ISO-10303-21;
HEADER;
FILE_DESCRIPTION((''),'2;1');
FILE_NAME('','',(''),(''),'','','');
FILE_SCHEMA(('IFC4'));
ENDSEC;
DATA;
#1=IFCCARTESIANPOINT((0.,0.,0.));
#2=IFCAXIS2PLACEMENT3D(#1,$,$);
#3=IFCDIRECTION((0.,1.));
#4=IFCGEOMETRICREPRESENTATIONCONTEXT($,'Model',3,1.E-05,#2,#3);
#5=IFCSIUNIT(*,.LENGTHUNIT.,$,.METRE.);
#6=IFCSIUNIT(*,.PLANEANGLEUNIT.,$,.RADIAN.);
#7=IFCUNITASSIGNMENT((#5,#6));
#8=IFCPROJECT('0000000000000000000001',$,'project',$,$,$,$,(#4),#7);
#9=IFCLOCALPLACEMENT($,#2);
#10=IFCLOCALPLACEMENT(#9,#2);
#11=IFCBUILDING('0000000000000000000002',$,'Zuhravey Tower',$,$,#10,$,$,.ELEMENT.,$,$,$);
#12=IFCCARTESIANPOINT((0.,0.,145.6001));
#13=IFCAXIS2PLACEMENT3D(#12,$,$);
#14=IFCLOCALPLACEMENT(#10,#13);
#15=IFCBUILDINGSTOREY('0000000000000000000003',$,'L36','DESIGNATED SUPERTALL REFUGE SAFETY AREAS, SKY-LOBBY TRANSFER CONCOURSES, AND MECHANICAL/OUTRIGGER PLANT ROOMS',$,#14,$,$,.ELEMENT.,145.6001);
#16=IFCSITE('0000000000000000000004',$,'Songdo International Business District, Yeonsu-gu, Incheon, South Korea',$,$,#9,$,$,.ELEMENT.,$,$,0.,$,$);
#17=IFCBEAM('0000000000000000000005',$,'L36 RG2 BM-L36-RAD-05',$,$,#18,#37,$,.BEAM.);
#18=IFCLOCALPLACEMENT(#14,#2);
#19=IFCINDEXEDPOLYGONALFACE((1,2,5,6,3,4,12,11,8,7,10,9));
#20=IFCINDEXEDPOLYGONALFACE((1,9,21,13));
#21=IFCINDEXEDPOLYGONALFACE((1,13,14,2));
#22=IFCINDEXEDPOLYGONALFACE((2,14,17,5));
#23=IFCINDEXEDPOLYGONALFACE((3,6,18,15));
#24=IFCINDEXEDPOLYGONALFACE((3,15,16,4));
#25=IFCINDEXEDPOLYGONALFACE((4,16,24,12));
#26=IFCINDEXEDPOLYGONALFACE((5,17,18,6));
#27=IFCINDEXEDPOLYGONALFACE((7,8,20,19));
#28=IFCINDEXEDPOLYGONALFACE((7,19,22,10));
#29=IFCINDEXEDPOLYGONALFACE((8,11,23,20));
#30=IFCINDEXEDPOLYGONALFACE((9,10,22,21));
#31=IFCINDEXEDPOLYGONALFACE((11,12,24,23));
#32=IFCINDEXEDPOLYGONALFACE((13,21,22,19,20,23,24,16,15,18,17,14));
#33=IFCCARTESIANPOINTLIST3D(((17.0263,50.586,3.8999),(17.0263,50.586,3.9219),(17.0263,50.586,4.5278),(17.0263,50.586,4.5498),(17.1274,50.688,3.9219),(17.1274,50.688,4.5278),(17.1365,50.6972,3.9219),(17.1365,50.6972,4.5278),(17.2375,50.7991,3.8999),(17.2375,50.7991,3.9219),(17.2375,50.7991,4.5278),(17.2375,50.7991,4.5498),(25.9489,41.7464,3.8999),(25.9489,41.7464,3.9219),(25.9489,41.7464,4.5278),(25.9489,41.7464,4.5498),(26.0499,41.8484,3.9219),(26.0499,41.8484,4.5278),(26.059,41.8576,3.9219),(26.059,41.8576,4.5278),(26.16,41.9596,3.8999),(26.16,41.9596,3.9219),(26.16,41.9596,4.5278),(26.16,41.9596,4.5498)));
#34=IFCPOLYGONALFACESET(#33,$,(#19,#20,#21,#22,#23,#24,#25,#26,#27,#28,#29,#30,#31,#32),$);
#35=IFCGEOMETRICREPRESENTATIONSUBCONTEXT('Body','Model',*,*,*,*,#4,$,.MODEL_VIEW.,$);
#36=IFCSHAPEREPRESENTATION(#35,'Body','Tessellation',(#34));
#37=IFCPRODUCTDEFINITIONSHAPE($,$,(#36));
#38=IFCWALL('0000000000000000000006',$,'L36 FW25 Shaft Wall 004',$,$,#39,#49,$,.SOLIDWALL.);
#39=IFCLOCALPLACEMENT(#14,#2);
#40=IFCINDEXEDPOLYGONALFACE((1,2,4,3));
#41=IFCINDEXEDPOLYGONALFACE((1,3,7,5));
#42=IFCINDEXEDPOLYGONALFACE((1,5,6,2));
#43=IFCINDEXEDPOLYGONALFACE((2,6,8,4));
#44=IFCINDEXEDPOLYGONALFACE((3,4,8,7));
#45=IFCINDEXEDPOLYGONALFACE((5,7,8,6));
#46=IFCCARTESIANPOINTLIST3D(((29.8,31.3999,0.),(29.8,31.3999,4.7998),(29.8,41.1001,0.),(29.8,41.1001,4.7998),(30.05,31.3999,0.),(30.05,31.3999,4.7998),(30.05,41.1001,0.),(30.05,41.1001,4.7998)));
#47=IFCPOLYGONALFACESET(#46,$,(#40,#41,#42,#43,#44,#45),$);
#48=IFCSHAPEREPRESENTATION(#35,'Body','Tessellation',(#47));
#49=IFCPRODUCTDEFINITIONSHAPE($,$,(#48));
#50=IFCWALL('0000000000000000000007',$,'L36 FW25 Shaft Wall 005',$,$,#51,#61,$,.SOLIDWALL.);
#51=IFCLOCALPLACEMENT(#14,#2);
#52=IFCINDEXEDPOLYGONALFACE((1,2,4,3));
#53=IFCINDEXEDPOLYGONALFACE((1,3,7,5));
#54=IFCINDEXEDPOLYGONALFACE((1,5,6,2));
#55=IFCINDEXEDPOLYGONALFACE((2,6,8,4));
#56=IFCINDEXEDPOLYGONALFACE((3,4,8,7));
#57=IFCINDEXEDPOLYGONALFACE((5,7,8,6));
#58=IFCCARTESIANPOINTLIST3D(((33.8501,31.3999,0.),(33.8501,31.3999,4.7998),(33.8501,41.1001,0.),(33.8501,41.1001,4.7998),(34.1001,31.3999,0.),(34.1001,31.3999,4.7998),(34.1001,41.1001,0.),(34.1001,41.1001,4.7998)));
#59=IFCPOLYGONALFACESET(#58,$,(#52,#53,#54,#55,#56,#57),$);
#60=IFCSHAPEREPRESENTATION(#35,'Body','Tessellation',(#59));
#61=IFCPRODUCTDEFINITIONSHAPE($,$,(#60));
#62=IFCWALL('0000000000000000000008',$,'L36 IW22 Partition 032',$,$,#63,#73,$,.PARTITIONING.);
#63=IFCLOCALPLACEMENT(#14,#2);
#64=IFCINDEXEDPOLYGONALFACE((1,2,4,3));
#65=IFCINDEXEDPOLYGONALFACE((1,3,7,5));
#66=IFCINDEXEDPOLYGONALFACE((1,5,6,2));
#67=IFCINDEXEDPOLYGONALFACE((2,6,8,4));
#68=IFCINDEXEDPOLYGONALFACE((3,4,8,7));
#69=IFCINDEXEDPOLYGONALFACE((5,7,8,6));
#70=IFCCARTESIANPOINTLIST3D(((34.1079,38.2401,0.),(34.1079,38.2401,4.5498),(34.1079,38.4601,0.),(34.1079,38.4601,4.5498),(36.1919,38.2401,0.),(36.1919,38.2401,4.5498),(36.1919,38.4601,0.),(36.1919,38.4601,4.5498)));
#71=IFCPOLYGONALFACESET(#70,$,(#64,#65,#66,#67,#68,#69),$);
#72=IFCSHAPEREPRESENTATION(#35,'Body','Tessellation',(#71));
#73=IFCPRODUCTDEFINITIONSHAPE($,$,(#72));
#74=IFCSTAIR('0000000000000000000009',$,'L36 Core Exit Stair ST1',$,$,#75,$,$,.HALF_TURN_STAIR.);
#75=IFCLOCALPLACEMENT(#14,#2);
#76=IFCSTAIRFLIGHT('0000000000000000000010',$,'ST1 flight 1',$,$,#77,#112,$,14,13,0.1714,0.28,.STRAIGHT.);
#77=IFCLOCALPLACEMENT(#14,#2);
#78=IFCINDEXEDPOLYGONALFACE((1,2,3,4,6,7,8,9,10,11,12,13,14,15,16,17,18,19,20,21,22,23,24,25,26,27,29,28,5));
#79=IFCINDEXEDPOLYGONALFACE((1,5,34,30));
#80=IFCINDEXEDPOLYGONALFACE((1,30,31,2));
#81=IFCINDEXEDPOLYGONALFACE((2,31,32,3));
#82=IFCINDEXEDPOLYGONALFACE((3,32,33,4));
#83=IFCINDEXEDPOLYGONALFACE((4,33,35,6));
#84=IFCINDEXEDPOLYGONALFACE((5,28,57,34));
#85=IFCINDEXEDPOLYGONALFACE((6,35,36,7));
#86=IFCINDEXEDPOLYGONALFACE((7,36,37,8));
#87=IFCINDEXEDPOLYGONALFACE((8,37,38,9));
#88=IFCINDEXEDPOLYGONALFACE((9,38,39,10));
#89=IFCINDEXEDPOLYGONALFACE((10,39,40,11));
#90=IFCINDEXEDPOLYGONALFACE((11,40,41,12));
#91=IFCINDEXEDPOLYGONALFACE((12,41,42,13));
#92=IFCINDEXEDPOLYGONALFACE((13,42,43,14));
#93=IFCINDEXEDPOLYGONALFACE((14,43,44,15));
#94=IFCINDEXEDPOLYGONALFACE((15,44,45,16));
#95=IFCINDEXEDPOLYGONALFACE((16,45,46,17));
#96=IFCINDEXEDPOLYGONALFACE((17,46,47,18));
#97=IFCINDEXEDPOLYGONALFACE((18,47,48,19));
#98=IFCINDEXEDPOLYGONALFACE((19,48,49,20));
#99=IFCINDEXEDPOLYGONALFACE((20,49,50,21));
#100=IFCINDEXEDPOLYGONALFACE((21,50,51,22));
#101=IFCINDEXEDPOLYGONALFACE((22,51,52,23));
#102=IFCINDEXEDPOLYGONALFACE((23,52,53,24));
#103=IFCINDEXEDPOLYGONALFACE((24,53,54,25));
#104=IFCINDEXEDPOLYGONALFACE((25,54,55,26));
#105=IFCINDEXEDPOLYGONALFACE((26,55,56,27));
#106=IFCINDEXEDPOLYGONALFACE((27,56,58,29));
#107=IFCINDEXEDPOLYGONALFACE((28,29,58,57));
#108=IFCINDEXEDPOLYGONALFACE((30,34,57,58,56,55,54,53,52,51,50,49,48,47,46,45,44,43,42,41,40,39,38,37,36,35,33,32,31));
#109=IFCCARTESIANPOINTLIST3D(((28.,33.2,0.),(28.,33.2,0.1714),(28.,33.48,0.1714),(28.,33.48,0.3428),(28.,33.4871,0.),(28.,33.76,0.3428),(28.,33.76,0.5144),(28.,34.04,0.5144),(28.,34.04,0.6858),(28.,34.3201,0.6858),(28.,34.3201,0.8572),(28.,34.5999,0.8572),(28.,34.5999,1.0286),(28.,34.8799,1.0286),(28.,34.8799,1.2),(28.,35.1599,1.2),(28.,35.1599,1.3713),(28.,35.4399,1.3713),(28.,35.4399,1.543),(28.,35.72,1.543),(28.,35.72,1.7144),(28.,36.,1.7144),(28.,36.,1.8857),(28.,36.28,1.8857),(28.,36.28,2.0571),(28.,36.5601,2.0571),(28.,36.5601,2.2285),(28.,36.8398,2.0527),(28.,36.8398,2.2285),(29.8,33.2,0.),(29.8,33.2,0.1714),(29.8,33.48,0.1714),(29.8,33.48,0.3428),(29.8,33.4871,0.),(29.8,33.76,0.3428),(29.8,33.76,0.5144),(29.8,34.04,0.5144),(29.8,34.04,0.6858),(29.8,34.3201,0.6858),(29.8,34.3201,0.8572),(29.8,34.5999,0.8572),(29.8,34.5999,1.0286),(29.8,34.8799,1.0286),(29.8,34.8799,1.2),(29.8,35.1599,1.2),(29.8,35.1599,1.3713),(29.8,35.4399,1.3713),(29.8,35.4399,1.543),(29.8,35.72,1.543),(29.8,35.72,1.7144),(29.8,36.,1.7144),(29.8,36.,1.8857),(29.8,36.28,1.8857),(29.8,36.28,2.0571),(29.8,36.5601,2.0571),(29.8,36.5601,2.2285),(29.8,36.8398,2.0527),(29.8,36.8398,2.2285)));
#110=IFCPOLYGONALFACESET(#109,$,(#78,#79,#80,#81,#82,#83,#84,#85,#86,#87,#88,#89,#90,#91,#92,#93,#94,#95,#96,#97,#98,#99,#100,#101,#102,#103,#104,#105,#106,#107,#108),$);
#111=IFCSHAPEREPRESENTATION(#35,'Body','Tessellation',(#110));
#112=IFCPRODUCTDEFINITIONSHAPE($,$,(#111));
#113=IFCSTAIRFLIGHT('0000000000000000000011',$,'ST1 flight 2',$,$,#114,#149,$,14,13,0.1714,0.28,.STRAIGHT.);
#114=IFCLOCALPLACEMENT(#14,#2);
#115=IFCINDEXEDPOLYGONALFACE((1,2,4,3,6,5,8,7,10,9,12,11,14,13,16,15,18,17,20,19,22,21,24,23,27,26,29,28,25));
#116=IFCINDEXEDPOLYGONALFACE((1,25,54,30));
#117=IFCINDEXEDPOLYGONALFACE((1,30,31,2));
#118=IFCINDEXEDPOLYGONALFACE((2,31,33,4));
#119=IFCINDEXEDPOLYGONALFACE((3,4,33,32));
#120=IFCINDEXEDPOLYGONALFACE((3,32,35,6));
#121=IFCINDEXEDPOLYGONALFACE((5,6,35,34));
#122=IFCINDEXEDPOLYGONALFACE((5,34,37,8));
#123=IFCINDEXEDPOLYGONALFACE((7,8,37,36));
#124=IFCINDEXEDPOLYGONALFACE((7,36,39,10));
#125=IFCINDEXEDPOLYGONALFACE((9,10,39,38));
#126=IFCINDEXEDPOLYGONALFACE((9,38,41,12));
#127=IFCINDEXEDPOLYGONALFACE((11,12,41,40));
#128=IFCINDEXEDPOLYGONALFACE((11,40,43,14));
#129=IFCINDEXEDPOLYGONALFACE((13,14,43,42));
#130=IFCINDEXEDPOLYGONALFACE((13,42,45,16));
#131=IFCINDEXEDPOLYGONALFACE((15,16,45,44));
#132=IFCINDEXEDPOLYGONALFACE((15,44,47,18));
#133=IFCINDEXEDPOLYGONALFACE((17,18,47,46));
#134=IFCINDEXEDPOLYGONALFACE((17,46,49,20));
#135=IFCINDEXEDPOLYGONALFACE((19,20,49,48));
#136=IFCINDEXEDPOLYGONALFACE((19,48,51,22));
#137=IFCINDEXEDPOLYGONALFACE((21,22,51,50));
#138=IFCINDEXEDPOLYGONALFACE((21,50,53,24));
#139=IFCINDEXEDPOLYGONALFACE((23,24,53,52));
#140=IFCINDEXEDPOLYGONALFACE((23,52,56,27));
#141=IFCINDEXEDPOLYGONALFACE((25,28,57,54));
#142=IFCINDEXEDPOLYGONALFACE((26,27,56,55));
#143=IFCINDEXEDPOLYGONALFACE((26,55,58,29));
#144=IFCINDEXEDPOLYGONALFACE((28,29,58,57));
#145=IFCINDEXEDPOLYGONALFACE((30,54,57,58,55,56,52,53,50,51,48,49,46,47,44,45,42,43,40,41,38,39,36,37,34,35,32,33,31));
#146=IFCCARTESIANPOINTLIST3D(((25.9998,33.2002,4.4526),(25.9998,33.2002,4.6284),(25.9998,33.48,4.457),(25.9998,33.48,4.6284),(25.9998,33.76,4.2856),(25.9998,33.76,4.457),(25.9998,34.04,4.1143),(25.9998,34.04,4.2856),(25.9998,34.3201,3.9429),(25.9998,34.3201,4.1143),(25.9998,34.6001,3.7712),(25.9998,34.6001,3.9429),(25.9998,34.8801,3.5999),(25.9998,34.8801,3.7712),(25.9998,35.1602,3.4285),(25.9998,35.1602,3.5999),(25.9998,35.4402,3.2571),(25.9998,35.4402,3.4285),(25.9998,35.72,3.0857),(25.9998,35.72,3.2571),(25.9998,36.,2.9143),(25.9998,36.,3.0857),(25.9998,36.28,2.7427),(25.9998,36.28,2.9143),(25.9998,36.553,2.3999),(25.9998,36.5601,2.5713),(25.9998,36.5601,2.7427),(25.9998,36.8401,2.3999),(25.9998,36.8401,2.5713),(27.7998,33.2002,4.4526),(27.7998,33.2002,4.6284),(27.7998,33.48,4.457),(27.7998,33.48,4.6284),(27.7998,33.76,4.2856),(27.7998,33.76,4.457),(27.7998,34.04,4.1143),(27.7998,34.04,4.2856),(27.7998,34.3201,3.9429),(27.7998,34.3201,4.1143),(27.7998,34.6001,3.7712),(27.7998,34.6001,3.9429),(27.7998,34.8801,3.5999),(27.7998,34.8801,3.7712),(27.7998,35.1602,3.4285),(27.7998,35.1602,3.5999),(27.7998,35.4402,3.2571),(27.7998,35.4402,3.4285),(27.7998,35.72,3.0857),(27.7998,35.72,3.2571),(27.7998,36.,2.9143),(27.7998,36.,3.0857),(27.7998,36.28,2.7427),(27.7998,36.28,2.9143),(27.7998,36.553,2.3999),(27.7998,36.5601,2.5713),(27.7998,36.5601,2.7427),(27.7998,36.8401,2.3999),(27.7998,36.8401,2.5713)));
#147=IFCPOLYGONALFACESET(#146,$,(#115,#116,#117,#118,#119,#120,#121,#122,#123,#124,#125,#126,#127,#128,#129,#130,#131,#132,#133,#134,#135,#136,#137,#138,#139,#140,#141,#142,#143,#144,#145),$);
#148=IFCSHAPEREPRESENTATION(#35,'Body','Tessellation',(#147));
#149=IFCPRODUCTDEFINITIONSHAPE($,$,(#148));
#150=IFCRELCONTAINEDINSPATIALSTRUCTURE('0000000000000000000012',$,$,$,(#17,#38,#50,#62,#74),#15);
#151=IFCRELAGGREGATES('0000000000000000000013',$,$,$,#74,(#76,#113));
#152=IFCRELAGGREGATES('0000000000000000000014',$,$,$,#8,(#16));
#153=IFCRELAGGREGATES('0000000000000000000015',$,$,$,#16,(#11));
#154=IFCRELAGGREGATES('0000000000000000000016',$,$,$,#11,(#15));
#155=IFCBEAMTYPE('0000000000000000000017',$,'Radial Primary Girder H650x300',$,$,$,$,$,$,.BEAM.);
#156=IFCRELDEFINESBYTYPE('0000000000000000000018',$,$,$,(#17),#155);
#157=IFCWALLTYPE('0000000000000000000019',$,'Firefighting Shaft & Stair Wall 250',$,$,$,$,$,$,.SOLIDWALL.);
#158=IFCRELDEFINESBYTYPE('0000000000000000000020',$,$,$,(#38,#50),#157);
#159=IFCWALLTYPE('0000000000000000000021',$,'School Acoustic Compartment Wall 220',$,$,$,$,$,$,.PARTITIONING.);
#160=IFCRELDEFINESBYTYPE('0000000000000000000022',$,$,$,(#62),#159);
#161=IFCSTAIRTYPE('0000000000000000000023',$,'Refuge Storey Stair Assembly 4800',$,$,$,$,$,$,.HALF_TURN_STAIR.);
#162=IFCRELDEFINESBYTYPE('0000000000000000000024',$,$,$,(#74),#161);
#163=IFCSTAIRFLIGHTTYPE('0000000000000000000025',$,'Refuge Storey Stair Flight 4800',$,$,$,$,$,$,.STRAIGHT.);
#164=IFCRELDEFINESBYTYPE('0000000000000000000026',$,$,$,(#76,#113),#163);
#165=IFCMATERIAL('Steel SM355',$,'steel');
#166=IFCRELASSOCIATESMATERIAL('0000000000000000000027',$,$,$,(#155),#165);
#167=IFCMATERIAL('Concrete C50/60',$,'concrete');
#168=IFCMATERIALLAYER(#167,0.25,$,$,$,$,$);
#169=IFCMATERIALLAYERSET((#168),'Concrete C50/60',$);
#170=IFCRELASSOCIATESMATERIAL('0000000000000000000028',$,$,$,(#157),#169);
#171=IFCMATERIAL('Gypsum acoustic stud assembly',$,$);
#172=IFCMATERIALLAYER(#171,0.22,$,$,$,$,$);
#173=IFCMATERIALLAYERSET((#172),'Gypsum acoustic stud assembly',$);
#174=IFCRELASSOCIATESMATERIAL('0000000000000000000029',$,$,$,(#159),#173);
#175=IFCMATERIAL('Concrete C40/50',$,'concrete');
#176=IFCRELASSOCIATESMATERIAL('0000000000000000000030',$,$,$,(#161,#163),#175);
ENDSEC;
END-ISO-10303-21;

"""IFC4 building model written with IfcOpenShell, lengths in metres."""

from ifc_helpers import new_model, si_unit, direction, frame, frame_2d, origin, origin_2d, place, context, subcontext, project, spatial, polyline, rectangle, i_section, outline, extrude, material, layer, layer_set, material_profile, profile_set, type_object, element, aggregate, save


model = new_model("IFC4")

# Units and contexts
model_context = context("Model", 3, precision=1e-05, world=origin(), true_north=direction((0.0, 1.0)))
body_context = subcontext(model_context, "Body", "Model", "MODEL_VIEW")
ifc_project = project(units=[si_unit("LENGTHUNIT", "METRE"), si_unit("PLANEANGLEUNIT", "RADIAN")], contexts=[model_context])

# Site, building, storey
site_placement = place(None, origin())
site = spatial("IfcSite", under=ifc_project, at=site_placement, Name="Songdo International Business District, Yeonsu-gu, Incheon, South Korea", CompositionType="ELEMENT", RefElevation=0.0)
building_placement = place(site_placement, origin())
building = spatial("IfcBuilding", under=site, at=building_placement, Name="Zuhravey Tower", CompositionType="ELEMENT")
storey_placement = place(building_placement, frame((0.0, 0.0, 145.6001)))
storey = spatial("IfcBuildingStorey", under=building, at=storey_placement, Name="L36", Description="DESIGNATED SUPERTALL REFUGE SAFETY AREAS, SKY-LOBBY TRANSFER CONCOURSES, AND MECHANICAL/OUTRIGGER PLANT ROOMS", CompositionType="ELEMENT", Elevation=145.6001)

# Beam
ifc_material_1 = material(Name="Steel SM355", Category="steel")
ifc_material_profile = material_profile(ifc_material_1, i_section(OverallWidth=0.3, OverallDepth=0.6499, WebThickness=0.0129, FlangeThickness=0.022, at=origin_2d()), Name="H-650x300x13x22")
ifc_profile_set = profile_set([ifc_material_profile], Name="Steel SM355")
beam_type = type_object("IfcBeamType", Name="Radial Primary Girder H650x300", PredefinedType="BEAM", material=ifc_profile_set)
beam_placement = place(storey_placement, frame((26.0544, 41.853, 4.2249), z_axis=(-0.710404, 0.703795, 0.0), x_axis=(-0.703795, -0.710404, 0.0)))
element("IfcBeam", 1, at=beam_placement, inside=storey, type_object=beam_type, Name="L36 RG2 BM-L36-RAD-05", PredefinedType="BEAM", context=body_context, shape_type="SweptSolid", body=[
    extrude(i_section(OverallWidth=0.3, OverallDepth=0.6499, WebThickness=0.0129, FlangeThickness=0.022, at=origin_2d()), origin(), (0.0, 0.0, 1.0), 12.5598),
])

# Walls
ifc_material_2 = material(Name="Concrete C50/60", Category="concrete")
ifc_layer_1 = layer(ifc_material_2, 0.25)
ifc_layer_set_1 = layer_set([ifc_layer_1], Name="Concrete C50/60")
wall_type_1 = type_object("IfcWallType", Name="Firefighting Shaft & Stair Wall 250", PredefinedType="SOLIDWALL", material=ifc_layer_set_1)
for number, where, z_axis, x_axis, name in (
    (2, (29.925, 31.3999, 0.0), (0.0, 0.0, 1.0), (0.0, 1.0, 0.0), "L36 FW25 Shaft Wall 004"),
    (3, (33.9751, 31.3999, 0.0), (0.0, 0.0, 1.0), (0.0, 1.0, 0.0), "L36 FW25 Shaft Wall 005"),
):
    element("IfcWall", number, at=place(storey_placement, frame(where, z_axis=z_axis, x_axis=x_axis)), inside=storey, type_object=wall_type_1, Name=name, PredefinedType="SOLIDWALL", context=body_context, shape_type="SweptSolid", body=[
        extrude(rectangle(XDim=9.7002, YDim=0.25, at=frame_2d((4.8501, 0.0))), origin(), (0.0, 0.0, 1.0), 4.7998),
    ])
ifc_material_3 = material(Name="Gypsum acoustic stud assembly")
ifc_layer_2 = layer(ifc_material_3, 0.22)
ifc_layer_set_2 = layer_set([ifc_layer_2], Name="Gypsum acoustic stud assembly")
wall_type_2 = type_object("IfcWallType", Name="School Acoustic Compartment Wall 220", PredefinedType="PARTITIONING", material=ifc_layer_set_2)
wall_placement = place(storey_placement, frame((34.1079, 38.3501, 0.0), z_axis=(0.0, 0.0, 1.0), x_axis=(1.0, 0.0, 0.0)))
element("IfcWall", 4, at=wall_placement, inside=storey, type_object=wall_type_2, Name="L36 IW22 Partition 032", PredefinedType="PARTITIONING", context=body_context, shape_type="SweptSolid", body=[
    extrude(rectangle(XDim=2.084, YDim=0.22, at=frame_2d((1.042, 0.0))), origin(), (0.0, 0.0, 1.0), 4.5498),
])

# Stair, stair flights
ifc_material_4 = material(Name="Concrete C40/50", Category="concrete")
stair_type = type_object("IfcStairType", Name="Refuge Storey Stair Assembly 4800", PredefinedType="HALF_TURN_STAIR", material=ifc_material_4)
stair_1_placement = place(storey_placement, origin())
stair_1 = element("IfcStair", 5, at=stair_1_placement, inside=storey, type_object=stair_type, Name="L36 Core Exit Stair ST1", PredefinedType="HALF_TURN_STAIR")
stair_flight_type = type_object("IfcStairFlightType", Name="Refuge Storey Stair Flight 4800", PredefinedType="STRAIGHT", material=ifc_material_4)
stair_flight_1_placement = place(storey_placement, frame((28.8999, 33.2, 0.0), z_axis=(0.0, 0.0, 1.0), x_axis=(0.0, 1.0, 0.0)))
stair_flight_1 = element("IfcStairFlight", 6, at=stair_flight_1_placement, type_object=stair_flight_type, Name="ST1 flight 1", NumberOfRisers=14, NumberOfTreads=13, PredefinedType="STRAIGHT", RiserHeight=0.1714, TreadLength=0.28, context=body_context, shape_type="SweptSolid", body=[
    extrude(outline(polyline([(0.0, 0.0), (0.0, 0.1714), (0.28, 0.1714), (0.28, 0.3428), (0.5601, 0.3428), (0.5601, 0.5144), (0.8401, 0.5144), (0.8401, 0.6858), (1.1201, 0.6858), (1.1201, 0.8572), (1.3999, 0.8572), (1.3999, 1.0286), (1.6799, 1.0286), (1.6799, 1.2), (1.96, 1.2), (1.96, 1.3713), (2.24, 1.3713), (2.24, 1.543), (2.52, 1.543), (2.52, 1.7144), (2.8, 1.7144), (2.8, 1.8857), (3.0801, 1.8857), (3.0801, 2.0571), (3.3601, 2.0571), (3.3601, 2.2285), (3.6399, 2.2285), (3.6399, 2.3999), (3.6399, 2.0527), (0.2871, 0.0), (0.0, 0.0)])), frame((0.0, 0.8999, 0.0), z_axis=(0.0, -1.0, 0.0), x_axis=(1.0, 0.0, 0.0)), (0.0, 0.0, 1.0), 1.8),
])
stair_flight_2_placement = place(storey_placement, frame((26.8999, 36.8401, 2.3999), z_axis=(0.0, 0.0, 1.0), x_axis=(0.0, -1.0, 0.0)))
stair_flight_2 = element("IfcStairFlight", 7, at=stair_flight_2_placement, type_object=stair_flight_type, Name="ST1 flight 2", NumberOfRisers=14, NumberOfTreads=13, PredefinedType="STRAIGHT", RiserHeight=0.1714, TreadLength=0.28, context=body_context, shape_type="SweptSolid", body=[
    extrude(outline(polyline([(0.0, 0.0), (0.0, 0.1714), (0.28, 0.1714), (0.28, 0.3428), (0.5601, 0.3428), (0.5601, 0.5144), (0.8401, 0.5144), (0.8401, 0.6858), (1.1201, 0.6858), (1.1201, 0.8572), (1.3999, 0.8572), (1.3999, 1.0286), (1.6799, 1.0286), (1.6799, 1.2), (1.96, 1.2), (1.96, 1.3713), (2.24, 1.3713), (2.24, 1.543), (2.52, 1.543), (2.52, 1.7144), (2.8, 1.7144), (2.8, 1.8857), (3.0801, 1.8857), (3.0801, 2.0571), (3.3601, 2.0571), (3.3601, 2.2285), (3.6399, 2.2285), (3.6399, 2.3999), (3.6399, 2.0527), (0.2871, 0.0), (0.0, 0.0)])), frame((0.0, 0.8999, 0.0), z_axis=(0.0, -1.0, 0.0), x_axis=(1.0, 0.0, 0.0)), (0.0, 0.0, 1.0), 1.8),
])
aggregate(stair_1, [stair_flight_1, stair_flight_2])

save(model, "model.ifc")
